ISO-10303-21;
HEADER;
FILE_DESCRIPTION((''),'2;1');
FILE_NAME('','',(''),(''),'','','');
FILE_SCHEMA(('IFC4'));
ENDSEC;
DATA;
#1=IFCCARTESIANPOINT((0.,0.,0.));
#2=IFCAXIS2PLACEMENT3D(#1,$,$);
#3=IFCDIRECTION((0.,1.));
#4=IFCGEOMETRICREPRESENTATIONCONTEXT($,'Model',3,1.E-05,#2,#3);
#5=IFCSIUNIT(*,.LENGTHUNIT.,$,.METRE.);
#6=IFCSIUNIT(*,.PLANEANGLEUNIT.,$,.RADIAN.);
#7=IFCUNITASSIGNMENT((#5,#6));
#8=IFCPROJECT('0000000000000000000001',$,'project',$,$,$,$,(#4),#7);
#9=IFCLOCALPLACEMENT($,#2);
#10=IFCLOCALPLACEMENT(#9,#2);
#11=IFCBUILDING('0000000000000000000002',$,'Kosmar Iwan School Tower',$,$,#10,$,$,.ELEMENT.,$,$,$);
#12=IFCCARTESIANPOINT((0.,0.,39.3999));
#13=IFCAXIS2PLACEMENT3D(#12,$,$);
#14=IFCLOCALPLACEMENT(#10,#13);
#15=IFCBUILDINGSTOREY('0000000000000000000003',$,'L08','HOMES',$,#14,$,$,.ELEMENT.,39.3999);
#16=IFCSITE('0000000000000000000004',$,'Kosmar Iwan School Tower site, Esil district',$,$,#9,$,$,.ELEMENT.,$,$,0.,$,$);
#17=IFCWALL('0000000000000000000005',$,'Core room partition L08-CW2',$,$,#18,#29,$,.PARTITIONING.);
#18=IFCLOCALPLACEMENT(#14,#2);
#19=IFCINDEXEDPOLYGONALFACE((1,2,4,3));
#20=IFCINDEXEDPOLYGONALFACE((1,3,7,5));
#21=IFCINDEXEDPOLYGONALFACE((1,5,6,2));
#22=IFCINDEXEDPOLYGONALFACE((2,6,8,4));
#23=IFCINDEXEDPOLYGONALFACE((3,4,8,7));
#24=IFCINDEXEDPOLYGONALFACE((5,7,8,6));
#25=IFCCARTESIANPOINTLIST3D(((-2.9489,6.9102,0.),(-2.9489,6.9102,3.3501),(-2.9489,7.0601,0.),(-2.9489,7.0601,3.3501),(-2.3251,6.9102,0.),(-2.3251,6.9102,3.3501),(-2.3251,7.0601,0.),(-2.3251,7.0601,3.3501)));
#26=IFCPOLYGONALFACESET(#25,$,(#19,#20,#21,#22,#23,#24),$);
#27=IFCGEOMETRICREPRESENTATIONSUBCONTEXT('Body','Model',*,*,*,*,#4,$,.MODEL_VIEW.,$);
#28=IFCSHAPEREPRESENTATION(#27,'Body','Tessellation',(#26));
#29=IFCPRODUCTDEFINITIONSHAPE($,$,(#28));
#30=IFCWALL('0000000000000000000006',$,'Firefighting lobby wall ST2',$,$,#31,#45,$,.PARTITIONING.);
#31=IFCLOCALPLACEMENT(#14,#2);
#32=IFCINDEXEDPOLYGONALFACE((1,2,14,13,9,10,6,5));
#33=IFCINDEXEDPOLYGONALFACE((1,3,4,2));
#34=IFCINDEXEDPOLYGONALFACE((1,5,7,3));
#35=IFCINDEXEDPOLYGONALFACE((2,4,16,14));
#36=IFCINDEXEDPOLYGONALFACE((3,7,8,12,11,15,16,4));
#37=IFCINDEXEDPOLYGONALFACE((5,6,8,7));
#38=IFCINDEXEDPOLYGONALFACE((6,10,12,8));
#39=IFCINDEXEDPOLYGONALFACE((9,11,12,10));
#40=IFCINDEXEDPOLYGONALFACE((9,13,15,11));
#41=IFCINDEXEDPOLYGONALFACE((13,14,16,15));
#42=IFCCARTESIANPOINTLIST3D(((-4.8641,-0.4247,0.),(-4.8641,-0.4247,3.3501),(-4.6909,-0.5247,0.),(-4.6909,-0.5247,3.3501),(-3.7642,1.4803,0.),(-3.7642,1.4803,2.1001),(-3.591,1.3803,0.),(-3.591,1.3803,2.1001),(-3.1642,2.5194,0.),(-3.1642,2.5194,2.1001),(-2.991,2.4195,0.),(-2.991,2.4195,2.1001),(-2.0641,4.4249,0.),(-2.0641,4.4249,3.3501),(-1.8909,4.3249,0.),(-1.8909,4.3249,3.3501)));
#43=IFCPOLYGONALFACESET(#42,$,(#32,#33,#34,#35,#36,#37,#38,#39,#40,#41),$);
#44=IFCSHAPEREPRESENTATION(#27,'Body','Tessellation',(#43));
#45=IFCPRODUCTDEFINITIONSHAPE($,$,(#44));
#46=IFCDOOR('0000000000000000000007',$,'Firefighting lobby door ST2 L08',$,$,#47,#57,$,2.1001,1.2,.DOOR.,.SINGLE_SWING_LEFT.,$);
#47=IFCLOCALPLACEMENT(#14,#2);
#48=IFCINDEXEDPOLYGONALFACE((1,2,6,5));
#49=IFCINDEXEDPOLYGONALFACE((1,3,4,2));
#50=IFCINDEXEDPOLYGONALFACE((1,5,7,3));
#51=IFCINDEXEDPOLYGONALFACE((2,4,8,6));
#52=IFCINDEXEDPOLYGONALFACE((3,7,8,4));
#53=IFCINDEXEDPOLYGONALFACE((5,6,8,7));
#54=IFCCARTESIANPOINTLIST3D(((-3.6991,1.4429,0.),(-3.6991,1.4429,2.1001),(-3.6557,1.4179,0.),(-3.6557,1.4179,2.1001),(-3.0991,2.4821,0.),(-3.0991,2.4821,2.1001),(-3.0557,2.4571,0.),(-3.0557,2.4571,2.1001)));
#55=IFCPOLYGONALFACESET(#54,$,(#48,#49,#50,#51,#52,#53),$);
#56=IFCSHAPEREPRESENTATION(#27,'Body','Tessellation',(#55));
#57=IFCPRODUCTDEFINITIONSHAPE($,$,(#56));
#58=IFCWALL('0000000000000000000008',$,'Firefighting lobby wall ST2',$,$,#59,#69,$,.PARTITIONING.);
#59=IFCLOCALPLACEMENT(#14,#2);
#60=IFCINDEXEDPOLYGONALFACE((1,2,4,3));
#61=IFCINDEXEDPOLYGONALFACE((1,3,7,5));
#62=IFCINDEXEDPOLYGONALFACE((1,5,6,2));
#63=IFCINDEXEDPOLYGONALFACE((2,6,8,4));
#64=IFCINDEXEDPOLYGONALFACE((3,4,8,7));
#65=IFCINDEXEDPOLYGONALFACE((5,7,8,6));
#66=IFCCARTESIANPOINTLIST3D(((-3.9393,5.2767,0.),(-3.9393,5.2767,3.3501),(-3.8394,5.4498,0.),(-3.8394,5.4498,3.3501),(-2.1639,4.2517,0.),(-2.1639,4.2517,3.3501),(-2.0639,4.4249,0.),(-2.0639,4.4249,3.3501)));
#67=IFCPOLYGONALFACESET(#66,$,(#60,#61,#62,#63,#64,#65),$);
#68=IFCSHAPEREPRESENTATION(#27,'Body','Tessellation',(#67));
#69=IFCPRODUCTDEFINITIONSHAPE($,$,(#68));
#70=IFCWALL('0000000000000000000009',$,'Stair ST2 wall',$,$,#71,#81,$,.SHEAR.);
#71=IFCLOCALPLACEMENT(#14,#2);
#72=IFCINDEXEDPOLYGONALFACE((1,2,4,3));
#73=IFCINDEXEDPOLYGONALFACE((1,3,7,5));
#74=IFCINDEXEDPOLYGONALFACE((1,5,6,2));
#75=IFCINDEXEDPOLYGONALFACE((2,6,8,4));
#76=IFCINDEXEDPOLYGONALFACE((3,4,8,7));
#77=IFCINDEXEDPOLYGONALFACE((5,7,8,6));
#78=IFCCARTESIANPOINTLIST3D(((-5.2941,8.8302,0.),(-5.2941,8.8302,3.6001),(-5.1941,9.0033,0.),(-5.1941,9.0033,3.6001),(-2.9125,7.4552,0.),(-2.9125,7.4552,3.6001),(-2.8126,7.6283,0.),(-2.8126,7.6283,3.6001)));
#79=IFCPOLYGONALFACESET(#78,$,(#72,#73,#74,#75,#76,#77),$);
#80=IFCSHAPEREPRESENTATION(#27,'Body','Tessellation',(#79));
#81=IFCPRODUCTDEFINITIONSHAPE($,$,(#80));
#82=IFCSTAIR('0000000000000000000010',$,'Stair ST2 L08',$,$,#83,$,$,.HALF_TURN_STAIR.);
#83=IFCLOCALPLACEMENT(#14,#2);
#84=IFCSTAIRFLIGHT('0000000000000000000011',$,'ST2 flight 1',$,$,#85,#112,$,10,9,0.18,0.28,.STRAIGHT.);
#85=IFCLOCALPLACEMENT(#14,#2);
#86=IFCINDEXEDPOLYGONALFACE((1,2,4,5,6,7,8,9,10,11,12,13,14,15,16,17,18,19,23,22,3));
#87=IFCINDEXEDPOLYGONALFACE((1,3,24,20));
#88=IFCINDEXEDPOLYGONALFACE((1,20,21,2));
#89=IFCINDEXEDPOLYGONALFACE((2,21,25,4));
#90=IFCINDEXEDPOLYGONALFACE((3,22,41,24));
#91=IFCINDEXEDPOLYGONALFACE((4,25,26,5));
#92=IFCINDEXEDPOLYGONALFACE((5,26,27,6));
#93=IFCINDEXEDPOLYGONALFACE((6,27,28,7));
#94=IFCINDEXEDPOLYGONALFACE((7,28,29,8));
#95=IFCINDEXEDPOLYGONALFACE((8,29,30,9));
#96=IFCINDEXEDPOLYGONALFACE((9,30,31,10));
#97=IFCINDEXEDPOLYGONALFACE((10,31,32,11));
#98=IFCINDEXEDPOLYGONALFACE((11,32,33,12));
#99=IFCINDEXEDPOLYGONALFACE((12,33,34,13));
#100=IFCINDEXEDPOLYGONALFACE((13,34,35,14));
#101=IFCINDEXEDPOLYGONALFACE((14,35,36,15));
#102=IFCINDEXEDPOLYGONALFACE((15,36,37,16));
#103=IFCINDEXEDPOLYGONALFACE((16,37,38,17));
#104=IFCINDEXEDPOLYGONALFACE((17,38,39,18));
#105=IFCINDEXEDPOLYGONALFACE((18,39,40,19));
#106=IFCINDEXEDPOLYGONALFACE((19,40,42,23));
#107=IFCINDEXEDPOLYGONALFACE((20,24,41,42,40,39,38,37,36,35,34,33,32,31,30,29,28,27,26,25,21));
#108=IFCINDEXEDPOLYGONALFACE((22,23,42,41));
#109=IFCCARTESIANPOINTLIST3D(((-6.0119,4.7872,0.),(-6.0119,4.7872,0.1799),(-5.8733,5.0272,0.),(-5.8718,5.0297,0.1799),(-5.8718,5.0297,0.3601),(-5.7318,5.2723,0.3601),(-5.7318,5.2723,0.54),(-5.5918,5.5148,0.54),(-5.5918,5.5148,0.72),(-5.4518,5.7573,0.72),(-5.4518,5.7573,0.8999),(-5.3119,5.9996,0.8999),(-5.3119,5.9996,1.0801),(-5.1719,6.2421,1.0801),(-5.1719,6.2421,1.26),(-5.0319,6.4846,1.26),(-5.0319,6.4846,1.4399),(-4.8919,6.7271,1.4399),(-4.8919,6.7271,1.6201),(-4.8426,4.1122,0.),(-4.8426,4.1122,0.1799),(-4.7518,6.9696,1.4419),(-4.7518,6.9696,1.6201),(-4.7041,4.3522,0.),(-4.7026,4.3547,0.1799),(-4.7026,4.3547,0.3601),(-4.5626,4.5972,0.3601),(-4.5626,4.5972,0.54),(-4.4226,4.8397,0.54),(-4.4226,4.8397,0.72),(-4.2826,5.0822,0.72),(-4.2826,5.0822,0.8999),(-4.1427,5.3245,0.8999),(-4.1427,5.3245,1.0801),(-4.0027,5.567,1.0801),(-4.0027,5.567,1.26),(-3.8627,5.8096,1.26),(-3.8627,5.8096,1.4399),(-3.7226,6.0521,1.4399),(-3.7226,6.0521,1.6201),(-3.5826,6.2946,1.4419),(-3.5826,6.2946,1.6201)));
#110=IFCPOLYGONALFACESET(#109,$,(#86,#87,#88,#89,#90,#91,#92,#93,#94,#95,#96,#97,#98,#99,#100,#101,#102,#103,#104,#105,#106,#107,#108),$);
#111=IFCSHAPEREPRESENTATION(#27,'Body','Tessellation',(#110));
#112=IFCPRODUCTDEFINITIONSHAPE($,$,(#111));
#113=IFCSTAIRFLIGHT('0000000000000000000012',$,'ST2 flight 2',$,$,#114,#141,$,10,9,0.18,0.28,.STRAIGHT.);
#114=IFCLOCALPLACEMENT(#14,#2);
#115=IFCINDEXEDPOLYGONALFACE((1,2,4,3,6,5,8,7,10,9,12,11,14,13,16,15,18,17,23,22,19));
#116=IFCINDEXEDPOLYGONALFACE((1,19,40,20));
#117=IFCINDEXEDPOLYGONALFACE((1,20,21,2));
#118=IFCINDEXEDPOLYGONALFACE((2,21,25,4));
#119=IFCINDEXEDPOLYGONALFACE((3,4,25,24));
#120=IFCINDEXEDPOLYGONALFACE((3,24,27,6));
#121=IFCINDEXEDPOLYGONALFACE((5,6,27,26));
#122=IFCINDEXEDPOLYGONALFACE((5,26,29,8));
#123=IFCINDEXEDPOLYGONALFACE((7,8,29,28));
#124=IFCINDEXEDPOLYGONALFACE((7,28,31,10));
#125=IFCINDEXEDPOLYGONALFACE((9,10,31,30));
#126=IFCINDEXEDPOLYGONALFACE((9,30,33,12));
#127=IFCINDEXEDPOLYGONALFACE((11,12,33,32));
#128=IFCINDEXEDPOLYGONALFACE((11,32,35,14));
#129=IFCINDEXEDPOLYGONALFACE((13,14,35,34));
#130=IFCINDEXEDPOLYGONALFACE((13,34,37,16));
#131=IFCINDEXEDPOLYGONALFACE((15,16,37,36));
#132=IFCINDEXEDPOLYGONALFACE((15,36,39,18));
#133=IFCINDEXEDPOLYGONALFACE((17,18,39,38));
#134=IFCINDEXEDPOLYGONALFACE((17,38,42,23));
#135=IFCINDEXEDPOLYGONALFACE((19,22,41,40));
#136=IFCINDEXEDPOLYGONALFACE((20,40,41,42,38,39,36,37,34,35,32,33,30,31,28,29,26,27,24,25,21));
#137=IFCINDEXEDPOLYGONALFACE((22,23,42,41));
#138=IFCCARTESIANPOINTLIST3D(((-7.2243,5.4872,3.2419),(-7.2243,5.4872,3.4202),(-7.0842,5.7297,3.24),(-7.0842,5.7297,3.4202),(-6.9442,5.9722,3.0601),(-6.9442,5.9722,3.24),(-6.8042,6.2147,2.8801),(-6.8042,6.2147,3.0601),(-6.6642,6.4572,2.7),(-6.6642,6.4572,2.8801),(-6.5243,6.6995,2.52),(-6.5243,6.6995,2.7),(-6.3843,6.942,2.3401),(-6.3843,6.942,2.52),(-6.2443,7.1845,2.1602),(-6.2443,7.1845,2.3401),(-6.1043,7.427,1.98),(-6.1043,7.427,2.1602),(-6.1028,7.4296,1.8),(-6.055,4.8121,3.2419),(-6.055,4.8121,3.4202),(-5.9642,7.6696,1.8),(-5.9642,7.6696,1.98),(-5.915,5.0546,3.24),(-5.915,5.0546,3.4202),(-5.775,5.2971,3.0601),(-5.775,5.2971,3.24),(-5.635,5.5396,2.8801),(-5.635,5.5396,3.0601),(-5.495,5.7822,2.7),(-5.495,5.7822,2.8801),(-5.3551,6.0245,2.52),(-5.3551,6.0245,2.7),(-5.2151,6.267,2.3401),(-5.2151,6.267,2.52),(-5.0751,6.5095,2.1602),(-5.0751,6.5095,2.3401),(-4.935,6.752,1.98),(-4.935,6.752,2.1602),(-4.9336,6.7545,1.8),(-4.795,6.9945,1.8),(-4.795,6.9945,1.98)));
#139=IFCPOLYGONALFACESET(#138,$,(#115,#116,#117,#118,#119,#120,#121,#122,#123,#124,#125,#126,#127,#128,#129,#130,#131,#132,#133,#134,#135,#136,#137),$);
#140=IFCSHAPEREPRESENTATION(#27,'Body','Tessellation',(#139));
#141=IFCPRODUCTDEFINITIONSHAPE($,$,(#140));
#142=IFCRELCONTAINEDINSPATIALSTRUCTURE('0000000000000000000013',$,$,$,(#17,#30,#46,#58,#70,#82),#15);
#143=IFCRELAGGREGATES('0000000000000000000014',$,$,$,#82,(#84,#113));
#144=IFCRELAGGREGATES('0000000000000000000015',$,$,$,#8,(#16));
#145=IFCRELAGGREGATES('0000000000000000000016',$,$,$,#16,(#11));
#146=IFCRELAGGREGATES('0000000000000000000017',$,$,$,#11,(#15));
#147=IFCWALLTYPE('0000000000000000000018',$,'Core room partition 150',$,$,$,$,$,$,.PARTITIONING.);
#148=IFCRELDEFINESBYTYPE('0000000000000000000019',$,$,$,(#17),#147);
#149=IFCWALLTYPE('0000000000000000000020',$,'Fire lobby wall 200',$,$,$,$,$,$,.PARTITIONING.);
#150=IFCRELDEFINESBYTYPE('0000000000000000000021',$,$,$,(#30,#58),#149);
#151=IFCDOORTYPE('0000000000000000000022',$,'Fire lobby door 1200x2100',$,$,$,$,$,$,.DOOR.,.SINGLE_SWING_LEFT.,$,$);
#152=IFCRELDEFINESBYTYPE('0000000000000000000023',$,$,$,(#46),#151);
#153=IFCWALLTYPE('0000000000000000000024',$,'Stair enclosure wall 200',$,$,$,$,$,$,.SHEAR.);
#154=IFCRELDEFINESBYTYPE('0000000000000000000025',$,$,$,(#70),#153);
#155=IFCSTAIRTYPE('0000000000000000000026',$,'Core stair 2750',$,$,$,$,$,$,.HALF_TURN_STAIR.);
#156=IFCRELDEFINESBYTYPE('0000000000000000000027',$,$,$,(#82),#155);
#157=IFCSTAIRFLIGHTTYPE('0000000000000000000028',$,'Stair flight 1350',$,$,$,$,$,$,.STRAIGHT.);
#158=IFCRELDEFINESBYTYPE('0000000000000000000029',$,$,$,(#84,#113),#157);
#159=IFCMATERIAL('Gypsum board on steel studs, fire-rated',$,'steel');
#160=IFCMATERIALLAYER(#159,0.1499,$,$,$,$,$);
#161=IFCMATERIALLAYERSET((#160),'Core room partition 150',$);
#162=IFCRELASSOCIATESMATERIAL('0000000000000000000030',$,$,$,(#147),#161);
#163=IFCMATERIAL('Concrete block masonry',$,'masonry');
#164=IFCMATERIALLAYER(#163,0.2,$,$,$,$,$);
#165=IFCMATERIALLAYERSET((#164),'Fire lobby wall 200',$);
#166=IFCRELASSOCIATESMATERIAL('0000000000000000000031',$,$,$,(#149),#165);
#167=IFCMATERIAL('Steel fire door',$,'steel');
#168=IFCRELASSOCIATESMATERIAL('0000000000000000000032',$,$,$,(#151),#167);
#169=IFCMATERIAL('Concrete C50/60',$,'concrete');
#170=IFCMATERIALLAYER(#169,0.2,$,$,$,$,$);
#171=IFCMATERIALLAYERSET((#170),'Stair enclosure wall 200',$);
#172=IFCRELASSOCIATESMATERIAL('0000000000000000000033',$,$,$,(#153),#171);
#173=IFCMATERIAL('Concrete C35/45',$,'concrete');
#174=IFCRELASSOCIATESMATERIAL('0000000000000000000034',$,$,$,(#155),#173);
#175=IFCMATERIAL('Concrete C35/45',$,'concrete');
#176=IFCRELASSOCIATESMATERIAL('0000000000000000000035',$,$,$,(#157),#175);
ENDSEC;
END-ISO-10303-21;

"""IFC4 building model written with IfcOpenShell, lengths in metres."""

from ifc_helpers import new_model, si_unit, direction, frame, frame_2d, origin, place, context, subcontext, project, spatial, polyline, rectangle, outline, extrude, material, layer, layer_set, type_object, element, fill, aggregate, save


model = new_model("IFC4")

# Units and contexts
model_context = context("Model", 3, precision=1e-05, world=origin(), true_north=direction((0.0, 1.0)))
body_context = subcontext(model_context, "Body", "Model", "MODEL_VIEW")
ifc_project = project(units=[si_unit("LENGTHUNIT", "METRE"), si_unit("PLANEANGLEUNIT", "RADIAN")], contexts=[model_context])

# Site, building, storey
site_placement = place(None, origin())
site = spatial("IfcSite", under=ifc_project, at=site_placement, Name="Kosmar Iwan School Tower site, Esil district", CompositionType="ELEMENT", RefElevation=0.0)
building_placement = place(site_placement, origin())
building = spatial("IfcBuilding", under=site, at=building_placement, Name="Kosmar Iwan School Tower", CompositionType="ELEMENT")
storey_placement = place(building_placement, frame((0.0, 0.0, 39.3999)))
storey = spatial("IfcBuildingStorey", under=building, at=storey_placement, Name="L08", Description="HOMES", CompositionType="ELEMENT", Elevation=39.3999)

# Wall
ifc_material_1 = material(Name="Gypsum board on steel studs, fire-rated", Category="steel")
ifc_layer_1 = layer(ifc_material_1, 0.1499)
ifc_layer_set_1 = layer_set([ifc_layer_1], Name="Core room partition 150")
wall_type_1 = type_object("IfcWallType", Name="Core room partition 150", PredefinedType="PARTITIONING", material=ifc_layer_set_1)
wall_1_placement = place(storey_placement, frame((-2.325, 6.9851, 0.0), z_axis=(0.0, 0.0, 1.0), x_axis=(-1.0, 0.0, 0.0)))
element("IfcWall", 1, at=wall_1_placement, inside=storey, type_object=wall_type_1, Name="Core room partition L08-CW2", PredefinedType="PARTITIONING", context=body_context, shape_type="SweptSolid", body=[
    extrude(rectangle(XDim=0.6238, YDim=0.1499, at=frame_2d((0.312, 0.0))), origin(), (0.0, 0.0, 1.0), 3.3501),
])

# Wall, opening, door
ifc_material_2 = material(Name="Concrete block masonry", Category="masonry")
ifc_layer_2 = layer(ifc_material_2, 0.2)
ifc_layer_set_2 = layer_set([ifc_layer_2], Name="Fire lobby wall 200")
wall_type_2 = type_object("IfcWallType", Name="Fire lobby wall 200", PredefinedType="PARTITIONING", material=ifc_layer_set_2)
wall_2_placement = place(storey_placement, frame((-1.9775, 4.3748, 0.0), z_axis=(0.0, 0.0, 1.0), x_axis=(-0.500017, -0.866016, 0.0)))
wall_2 = element("IfcWall", 2, at=wall_2_placement, inside=storey, type_object=wall_type_2, Name="Firefighting lobby wall ST2", PredefinedType="PARTITIONING", context=body_context, shape_type="SweptSolid", body=[
    extrude(rectangle(XDim=5.5999, YDim=0.2, at=frame_2d((2.7998, 0.0))), origin(), (0.0, 0.0, 1.0), 3.3501),
])
opening_placement = place(wall_2_placement, frame((2.2, 0.0, 0.0)))
opening = element("IfcOpeningElement", 3, at=opening_placement, cuts=wall_2, PredefinedType="OPENING", context=body_context, shape_type="SweptSolid", body=[
    extrude(rectangle(XDim=1.2, YDim=2.1001, at=frame_2d((0.6001, 1.05))), frame((0.0, 0.1121, 0.0), z_axis=(0.0, -1.0, 0.0), x_axis=(1.0, 0.0, 0.0)), (0.0, 0.0, 1.0), 0.2239),
])
ifc_material_3 = material(Name="Steel fire door", Category="steel")
door_type = type_object("IfcDoorType", Name="Fire lobby door 1200x2100", OperationType="SINGLE_SWING_LEFT", PredefinedType="DOOR", material=ifc_material_3)
door_placement = place(opening_placement, frame((1.2, 0.0, 0.0), z_axis=(0.0, 0.0, 1.0), x_axis=(-1.0, 0.0, 0.0)))
door = element("IfcDoor", 4, at=door_placement, inside=storey, type_object=door_type, Name="Firefighting lobby door ST2 L08", OperationType="SINGLE_SWING_LEFT", OverallHeight=2.1001, OverallWidth=1.2, PredefinedType="DOOR", context=body_context, shape_type="SweptSolid", body=[
    extrude(rectangle(XDim=1.2, YDim=2.1001, at=frame_2d((0.6001, 1.05))), frame((0.0, 0.0249, 0.0), z_axis=(0.0, -1.0, 0.0), x_axis=(1.0, 0.0, 0.0)), (0.0, 0.0, 1.0), 0.05),
])
fill(opening, door)

# Walls
wall_3_placement = place(storey_placement, frame((-2.114, 4.3384, 0.0), z_axis=(0.0, 0.0, 1.0), x_axis=(-0.866051, 0.499956, 0.0)))
element("IfcWall", 5, at=wall_3_placement, inside=storey, type_object=wall_type_2, Name="Firefighting lobby wall ST2", PredefinedType="PARTITIONING", context=body_context, shape_type="SweptSolid", body=[
    extrude(rectangle(XDim=2.05, YDim=0.2, at=frame_2d((1.0249, 0.0))), origin(), (0.0, 0.0, 1.0), 3.3501),
])
ifc_material_4 = material(Name="Concrete C50/60", Category="concrete")
ifc_layer_3 = layer(ifc_material_4, 0.2)
ifc_layer_set_3 = layer_set([ifc_layer_3], Name="Stair enclosure wall 200")
wall_type_3 = type_object("IfcWallType", Name="Stair enclosure wall 200", PredefinedType="SHEAR", material=ifc_layer_set_3)
wall_4_placement = place(storey_placement, frame((-2.8625, 7.5417, 0.0), z_axis=(0.0, 0.0, 1.0), x_axis=(-0.866027, 0.499997, 0.0)))
element("IfcWall", 6, at=wall_4_placement, inside=storey, type_object=wall_type_3, Name="Stair ST2 wall", PredefinedType="SHEAR", context=body_context, shape_type="SweptSolid", body=[
    extrude(rectangle(XDim=2.75, YDim=0.2, at=frame_2d((1.375, 0.0))), origin(), (0.0, 0.0, 1.0), 3.6001),
])

# Stair, stair flights
ifc_material_5 = material(Name="Concrete C35/45", Category="concrete")
stair_type = type_object("IfcStairType", Name="Core stair 2750", PredefinedType="HALF_TURN_STAIR", material=ifc_material_5)
stair_placement = place(storey_placement, origin())
stair = element("IfcStair", 7, at=stair_placement, inside=storey, type_object=stair_type, Name="Stair ST2 L08", PredefinedType="HALF_TURN_STAIR")
ifc_material_6 = material(Name="Concrete C35/45", Category="concrete")
stair_flight_type = type_object("IfcStairFlightType", Name="Stair flight 1350", PredefinedType="STRAIGHT", material=ifc_material_6)
stair_flight_1_placement = place(storey_placement, frame((-5.4272, 4.4497, 0.0), z_axis=(0.0, 0.0, 1.0), x_axis=(0.5, 0.866025, 0.0)))
stair_flight_1 = element("IfcStairFlight", 8, at=stair_flight_1_placement, type_object=stair_flight_type, Name="ST2 flight 1", NumberOfRisers=10, NumberOfTreads=9, PredefinedType="STRAIGHT", RiserHeight=0.18, TreadLength=0.28, context=body_context, shape_type="SweptSolid", body=[
    extrude(outline(polyline([(0.0, 0.0), (0.0, 0.1799), (0.28, 0.1799), (0.28, 0.3601), (0.5601, 0.3601), (0.5601, 0.54), (0.8401, 0.54), (0.8401, 0.72), (1.1201, 0.72), (1.1201, 0.8999), (1.3999, 0.8999), (1.3999, 1.0801), (1.6799, 1.0801), (1.6799, 1.26), (1.96, 1.26), (1.96, 1.4399), (2.24, 1.4399), (2.24, 1.6201), (2.52, 1.6201), (2.52, 1.8), (2.52, 1.4419), (0.2771, 0.0), (0.0, 0.0)])), frame((0.0, 0.675, 0.0), z_axis=(0.0, -1.0, 0.0), x_axis=(1.0, 0.0, 0.0)), (0.0, 0.0, 1.0), 1.3501),
])
stair_flight_2_placement = place(storey_placement, frame((-5.3796, 7.332, 1.8), z_axis=(0.0, 0.0, 1.0), x_axis=(-0.5, -0.866025, 0.0)))
stair_flight_2 = element("IfcStairFlight", 9, at=stair_flight_2_placement, type_object=stair_flight_type, Name="ST2 flight 2", NumberOfRisers=10, NumberOfTreads=9, PredefinedType="STRAIGHT", RiserHeight=0.18, TreadLength=0.28, context=body_context, shape_type="SweptSolid", body=[
    extrude(outline(polyline([(0.0, 0.0), (0.0, 0.1799), (0.28, 0.1799), (0.28, 0.3601), (0.5601, 0.3601), (0.5601, 0.54), (0.8401, 0.54), (0.8401, 0.72), (1.1201, 0.72), (1.1201, 0.8999), (1.3999, 0.8999), (1.3999, 1.0801), (1.6799, 1.0801), (1.6799, 1.26), (1.96, 1.26), (1.96, 1.4399), (2.24, 1.4399), (2.24, 1.6201), (2.52, 1.6201), (2.52, 1.8), (2.52, 1.4419), (0.2771, 0.0), (0.0, 0.0)])), frame((0.0, 0.675, 0.0), z_axis=(0.0, -1.0, 0.0), x_axis=(1.0, 0.0, 0.0)), (0.0, 0.0, 1.0), 1.3501),
])
aggregate(stair, [stair_flight_1, stair_flight_2])

save(model, "model.ifc")
